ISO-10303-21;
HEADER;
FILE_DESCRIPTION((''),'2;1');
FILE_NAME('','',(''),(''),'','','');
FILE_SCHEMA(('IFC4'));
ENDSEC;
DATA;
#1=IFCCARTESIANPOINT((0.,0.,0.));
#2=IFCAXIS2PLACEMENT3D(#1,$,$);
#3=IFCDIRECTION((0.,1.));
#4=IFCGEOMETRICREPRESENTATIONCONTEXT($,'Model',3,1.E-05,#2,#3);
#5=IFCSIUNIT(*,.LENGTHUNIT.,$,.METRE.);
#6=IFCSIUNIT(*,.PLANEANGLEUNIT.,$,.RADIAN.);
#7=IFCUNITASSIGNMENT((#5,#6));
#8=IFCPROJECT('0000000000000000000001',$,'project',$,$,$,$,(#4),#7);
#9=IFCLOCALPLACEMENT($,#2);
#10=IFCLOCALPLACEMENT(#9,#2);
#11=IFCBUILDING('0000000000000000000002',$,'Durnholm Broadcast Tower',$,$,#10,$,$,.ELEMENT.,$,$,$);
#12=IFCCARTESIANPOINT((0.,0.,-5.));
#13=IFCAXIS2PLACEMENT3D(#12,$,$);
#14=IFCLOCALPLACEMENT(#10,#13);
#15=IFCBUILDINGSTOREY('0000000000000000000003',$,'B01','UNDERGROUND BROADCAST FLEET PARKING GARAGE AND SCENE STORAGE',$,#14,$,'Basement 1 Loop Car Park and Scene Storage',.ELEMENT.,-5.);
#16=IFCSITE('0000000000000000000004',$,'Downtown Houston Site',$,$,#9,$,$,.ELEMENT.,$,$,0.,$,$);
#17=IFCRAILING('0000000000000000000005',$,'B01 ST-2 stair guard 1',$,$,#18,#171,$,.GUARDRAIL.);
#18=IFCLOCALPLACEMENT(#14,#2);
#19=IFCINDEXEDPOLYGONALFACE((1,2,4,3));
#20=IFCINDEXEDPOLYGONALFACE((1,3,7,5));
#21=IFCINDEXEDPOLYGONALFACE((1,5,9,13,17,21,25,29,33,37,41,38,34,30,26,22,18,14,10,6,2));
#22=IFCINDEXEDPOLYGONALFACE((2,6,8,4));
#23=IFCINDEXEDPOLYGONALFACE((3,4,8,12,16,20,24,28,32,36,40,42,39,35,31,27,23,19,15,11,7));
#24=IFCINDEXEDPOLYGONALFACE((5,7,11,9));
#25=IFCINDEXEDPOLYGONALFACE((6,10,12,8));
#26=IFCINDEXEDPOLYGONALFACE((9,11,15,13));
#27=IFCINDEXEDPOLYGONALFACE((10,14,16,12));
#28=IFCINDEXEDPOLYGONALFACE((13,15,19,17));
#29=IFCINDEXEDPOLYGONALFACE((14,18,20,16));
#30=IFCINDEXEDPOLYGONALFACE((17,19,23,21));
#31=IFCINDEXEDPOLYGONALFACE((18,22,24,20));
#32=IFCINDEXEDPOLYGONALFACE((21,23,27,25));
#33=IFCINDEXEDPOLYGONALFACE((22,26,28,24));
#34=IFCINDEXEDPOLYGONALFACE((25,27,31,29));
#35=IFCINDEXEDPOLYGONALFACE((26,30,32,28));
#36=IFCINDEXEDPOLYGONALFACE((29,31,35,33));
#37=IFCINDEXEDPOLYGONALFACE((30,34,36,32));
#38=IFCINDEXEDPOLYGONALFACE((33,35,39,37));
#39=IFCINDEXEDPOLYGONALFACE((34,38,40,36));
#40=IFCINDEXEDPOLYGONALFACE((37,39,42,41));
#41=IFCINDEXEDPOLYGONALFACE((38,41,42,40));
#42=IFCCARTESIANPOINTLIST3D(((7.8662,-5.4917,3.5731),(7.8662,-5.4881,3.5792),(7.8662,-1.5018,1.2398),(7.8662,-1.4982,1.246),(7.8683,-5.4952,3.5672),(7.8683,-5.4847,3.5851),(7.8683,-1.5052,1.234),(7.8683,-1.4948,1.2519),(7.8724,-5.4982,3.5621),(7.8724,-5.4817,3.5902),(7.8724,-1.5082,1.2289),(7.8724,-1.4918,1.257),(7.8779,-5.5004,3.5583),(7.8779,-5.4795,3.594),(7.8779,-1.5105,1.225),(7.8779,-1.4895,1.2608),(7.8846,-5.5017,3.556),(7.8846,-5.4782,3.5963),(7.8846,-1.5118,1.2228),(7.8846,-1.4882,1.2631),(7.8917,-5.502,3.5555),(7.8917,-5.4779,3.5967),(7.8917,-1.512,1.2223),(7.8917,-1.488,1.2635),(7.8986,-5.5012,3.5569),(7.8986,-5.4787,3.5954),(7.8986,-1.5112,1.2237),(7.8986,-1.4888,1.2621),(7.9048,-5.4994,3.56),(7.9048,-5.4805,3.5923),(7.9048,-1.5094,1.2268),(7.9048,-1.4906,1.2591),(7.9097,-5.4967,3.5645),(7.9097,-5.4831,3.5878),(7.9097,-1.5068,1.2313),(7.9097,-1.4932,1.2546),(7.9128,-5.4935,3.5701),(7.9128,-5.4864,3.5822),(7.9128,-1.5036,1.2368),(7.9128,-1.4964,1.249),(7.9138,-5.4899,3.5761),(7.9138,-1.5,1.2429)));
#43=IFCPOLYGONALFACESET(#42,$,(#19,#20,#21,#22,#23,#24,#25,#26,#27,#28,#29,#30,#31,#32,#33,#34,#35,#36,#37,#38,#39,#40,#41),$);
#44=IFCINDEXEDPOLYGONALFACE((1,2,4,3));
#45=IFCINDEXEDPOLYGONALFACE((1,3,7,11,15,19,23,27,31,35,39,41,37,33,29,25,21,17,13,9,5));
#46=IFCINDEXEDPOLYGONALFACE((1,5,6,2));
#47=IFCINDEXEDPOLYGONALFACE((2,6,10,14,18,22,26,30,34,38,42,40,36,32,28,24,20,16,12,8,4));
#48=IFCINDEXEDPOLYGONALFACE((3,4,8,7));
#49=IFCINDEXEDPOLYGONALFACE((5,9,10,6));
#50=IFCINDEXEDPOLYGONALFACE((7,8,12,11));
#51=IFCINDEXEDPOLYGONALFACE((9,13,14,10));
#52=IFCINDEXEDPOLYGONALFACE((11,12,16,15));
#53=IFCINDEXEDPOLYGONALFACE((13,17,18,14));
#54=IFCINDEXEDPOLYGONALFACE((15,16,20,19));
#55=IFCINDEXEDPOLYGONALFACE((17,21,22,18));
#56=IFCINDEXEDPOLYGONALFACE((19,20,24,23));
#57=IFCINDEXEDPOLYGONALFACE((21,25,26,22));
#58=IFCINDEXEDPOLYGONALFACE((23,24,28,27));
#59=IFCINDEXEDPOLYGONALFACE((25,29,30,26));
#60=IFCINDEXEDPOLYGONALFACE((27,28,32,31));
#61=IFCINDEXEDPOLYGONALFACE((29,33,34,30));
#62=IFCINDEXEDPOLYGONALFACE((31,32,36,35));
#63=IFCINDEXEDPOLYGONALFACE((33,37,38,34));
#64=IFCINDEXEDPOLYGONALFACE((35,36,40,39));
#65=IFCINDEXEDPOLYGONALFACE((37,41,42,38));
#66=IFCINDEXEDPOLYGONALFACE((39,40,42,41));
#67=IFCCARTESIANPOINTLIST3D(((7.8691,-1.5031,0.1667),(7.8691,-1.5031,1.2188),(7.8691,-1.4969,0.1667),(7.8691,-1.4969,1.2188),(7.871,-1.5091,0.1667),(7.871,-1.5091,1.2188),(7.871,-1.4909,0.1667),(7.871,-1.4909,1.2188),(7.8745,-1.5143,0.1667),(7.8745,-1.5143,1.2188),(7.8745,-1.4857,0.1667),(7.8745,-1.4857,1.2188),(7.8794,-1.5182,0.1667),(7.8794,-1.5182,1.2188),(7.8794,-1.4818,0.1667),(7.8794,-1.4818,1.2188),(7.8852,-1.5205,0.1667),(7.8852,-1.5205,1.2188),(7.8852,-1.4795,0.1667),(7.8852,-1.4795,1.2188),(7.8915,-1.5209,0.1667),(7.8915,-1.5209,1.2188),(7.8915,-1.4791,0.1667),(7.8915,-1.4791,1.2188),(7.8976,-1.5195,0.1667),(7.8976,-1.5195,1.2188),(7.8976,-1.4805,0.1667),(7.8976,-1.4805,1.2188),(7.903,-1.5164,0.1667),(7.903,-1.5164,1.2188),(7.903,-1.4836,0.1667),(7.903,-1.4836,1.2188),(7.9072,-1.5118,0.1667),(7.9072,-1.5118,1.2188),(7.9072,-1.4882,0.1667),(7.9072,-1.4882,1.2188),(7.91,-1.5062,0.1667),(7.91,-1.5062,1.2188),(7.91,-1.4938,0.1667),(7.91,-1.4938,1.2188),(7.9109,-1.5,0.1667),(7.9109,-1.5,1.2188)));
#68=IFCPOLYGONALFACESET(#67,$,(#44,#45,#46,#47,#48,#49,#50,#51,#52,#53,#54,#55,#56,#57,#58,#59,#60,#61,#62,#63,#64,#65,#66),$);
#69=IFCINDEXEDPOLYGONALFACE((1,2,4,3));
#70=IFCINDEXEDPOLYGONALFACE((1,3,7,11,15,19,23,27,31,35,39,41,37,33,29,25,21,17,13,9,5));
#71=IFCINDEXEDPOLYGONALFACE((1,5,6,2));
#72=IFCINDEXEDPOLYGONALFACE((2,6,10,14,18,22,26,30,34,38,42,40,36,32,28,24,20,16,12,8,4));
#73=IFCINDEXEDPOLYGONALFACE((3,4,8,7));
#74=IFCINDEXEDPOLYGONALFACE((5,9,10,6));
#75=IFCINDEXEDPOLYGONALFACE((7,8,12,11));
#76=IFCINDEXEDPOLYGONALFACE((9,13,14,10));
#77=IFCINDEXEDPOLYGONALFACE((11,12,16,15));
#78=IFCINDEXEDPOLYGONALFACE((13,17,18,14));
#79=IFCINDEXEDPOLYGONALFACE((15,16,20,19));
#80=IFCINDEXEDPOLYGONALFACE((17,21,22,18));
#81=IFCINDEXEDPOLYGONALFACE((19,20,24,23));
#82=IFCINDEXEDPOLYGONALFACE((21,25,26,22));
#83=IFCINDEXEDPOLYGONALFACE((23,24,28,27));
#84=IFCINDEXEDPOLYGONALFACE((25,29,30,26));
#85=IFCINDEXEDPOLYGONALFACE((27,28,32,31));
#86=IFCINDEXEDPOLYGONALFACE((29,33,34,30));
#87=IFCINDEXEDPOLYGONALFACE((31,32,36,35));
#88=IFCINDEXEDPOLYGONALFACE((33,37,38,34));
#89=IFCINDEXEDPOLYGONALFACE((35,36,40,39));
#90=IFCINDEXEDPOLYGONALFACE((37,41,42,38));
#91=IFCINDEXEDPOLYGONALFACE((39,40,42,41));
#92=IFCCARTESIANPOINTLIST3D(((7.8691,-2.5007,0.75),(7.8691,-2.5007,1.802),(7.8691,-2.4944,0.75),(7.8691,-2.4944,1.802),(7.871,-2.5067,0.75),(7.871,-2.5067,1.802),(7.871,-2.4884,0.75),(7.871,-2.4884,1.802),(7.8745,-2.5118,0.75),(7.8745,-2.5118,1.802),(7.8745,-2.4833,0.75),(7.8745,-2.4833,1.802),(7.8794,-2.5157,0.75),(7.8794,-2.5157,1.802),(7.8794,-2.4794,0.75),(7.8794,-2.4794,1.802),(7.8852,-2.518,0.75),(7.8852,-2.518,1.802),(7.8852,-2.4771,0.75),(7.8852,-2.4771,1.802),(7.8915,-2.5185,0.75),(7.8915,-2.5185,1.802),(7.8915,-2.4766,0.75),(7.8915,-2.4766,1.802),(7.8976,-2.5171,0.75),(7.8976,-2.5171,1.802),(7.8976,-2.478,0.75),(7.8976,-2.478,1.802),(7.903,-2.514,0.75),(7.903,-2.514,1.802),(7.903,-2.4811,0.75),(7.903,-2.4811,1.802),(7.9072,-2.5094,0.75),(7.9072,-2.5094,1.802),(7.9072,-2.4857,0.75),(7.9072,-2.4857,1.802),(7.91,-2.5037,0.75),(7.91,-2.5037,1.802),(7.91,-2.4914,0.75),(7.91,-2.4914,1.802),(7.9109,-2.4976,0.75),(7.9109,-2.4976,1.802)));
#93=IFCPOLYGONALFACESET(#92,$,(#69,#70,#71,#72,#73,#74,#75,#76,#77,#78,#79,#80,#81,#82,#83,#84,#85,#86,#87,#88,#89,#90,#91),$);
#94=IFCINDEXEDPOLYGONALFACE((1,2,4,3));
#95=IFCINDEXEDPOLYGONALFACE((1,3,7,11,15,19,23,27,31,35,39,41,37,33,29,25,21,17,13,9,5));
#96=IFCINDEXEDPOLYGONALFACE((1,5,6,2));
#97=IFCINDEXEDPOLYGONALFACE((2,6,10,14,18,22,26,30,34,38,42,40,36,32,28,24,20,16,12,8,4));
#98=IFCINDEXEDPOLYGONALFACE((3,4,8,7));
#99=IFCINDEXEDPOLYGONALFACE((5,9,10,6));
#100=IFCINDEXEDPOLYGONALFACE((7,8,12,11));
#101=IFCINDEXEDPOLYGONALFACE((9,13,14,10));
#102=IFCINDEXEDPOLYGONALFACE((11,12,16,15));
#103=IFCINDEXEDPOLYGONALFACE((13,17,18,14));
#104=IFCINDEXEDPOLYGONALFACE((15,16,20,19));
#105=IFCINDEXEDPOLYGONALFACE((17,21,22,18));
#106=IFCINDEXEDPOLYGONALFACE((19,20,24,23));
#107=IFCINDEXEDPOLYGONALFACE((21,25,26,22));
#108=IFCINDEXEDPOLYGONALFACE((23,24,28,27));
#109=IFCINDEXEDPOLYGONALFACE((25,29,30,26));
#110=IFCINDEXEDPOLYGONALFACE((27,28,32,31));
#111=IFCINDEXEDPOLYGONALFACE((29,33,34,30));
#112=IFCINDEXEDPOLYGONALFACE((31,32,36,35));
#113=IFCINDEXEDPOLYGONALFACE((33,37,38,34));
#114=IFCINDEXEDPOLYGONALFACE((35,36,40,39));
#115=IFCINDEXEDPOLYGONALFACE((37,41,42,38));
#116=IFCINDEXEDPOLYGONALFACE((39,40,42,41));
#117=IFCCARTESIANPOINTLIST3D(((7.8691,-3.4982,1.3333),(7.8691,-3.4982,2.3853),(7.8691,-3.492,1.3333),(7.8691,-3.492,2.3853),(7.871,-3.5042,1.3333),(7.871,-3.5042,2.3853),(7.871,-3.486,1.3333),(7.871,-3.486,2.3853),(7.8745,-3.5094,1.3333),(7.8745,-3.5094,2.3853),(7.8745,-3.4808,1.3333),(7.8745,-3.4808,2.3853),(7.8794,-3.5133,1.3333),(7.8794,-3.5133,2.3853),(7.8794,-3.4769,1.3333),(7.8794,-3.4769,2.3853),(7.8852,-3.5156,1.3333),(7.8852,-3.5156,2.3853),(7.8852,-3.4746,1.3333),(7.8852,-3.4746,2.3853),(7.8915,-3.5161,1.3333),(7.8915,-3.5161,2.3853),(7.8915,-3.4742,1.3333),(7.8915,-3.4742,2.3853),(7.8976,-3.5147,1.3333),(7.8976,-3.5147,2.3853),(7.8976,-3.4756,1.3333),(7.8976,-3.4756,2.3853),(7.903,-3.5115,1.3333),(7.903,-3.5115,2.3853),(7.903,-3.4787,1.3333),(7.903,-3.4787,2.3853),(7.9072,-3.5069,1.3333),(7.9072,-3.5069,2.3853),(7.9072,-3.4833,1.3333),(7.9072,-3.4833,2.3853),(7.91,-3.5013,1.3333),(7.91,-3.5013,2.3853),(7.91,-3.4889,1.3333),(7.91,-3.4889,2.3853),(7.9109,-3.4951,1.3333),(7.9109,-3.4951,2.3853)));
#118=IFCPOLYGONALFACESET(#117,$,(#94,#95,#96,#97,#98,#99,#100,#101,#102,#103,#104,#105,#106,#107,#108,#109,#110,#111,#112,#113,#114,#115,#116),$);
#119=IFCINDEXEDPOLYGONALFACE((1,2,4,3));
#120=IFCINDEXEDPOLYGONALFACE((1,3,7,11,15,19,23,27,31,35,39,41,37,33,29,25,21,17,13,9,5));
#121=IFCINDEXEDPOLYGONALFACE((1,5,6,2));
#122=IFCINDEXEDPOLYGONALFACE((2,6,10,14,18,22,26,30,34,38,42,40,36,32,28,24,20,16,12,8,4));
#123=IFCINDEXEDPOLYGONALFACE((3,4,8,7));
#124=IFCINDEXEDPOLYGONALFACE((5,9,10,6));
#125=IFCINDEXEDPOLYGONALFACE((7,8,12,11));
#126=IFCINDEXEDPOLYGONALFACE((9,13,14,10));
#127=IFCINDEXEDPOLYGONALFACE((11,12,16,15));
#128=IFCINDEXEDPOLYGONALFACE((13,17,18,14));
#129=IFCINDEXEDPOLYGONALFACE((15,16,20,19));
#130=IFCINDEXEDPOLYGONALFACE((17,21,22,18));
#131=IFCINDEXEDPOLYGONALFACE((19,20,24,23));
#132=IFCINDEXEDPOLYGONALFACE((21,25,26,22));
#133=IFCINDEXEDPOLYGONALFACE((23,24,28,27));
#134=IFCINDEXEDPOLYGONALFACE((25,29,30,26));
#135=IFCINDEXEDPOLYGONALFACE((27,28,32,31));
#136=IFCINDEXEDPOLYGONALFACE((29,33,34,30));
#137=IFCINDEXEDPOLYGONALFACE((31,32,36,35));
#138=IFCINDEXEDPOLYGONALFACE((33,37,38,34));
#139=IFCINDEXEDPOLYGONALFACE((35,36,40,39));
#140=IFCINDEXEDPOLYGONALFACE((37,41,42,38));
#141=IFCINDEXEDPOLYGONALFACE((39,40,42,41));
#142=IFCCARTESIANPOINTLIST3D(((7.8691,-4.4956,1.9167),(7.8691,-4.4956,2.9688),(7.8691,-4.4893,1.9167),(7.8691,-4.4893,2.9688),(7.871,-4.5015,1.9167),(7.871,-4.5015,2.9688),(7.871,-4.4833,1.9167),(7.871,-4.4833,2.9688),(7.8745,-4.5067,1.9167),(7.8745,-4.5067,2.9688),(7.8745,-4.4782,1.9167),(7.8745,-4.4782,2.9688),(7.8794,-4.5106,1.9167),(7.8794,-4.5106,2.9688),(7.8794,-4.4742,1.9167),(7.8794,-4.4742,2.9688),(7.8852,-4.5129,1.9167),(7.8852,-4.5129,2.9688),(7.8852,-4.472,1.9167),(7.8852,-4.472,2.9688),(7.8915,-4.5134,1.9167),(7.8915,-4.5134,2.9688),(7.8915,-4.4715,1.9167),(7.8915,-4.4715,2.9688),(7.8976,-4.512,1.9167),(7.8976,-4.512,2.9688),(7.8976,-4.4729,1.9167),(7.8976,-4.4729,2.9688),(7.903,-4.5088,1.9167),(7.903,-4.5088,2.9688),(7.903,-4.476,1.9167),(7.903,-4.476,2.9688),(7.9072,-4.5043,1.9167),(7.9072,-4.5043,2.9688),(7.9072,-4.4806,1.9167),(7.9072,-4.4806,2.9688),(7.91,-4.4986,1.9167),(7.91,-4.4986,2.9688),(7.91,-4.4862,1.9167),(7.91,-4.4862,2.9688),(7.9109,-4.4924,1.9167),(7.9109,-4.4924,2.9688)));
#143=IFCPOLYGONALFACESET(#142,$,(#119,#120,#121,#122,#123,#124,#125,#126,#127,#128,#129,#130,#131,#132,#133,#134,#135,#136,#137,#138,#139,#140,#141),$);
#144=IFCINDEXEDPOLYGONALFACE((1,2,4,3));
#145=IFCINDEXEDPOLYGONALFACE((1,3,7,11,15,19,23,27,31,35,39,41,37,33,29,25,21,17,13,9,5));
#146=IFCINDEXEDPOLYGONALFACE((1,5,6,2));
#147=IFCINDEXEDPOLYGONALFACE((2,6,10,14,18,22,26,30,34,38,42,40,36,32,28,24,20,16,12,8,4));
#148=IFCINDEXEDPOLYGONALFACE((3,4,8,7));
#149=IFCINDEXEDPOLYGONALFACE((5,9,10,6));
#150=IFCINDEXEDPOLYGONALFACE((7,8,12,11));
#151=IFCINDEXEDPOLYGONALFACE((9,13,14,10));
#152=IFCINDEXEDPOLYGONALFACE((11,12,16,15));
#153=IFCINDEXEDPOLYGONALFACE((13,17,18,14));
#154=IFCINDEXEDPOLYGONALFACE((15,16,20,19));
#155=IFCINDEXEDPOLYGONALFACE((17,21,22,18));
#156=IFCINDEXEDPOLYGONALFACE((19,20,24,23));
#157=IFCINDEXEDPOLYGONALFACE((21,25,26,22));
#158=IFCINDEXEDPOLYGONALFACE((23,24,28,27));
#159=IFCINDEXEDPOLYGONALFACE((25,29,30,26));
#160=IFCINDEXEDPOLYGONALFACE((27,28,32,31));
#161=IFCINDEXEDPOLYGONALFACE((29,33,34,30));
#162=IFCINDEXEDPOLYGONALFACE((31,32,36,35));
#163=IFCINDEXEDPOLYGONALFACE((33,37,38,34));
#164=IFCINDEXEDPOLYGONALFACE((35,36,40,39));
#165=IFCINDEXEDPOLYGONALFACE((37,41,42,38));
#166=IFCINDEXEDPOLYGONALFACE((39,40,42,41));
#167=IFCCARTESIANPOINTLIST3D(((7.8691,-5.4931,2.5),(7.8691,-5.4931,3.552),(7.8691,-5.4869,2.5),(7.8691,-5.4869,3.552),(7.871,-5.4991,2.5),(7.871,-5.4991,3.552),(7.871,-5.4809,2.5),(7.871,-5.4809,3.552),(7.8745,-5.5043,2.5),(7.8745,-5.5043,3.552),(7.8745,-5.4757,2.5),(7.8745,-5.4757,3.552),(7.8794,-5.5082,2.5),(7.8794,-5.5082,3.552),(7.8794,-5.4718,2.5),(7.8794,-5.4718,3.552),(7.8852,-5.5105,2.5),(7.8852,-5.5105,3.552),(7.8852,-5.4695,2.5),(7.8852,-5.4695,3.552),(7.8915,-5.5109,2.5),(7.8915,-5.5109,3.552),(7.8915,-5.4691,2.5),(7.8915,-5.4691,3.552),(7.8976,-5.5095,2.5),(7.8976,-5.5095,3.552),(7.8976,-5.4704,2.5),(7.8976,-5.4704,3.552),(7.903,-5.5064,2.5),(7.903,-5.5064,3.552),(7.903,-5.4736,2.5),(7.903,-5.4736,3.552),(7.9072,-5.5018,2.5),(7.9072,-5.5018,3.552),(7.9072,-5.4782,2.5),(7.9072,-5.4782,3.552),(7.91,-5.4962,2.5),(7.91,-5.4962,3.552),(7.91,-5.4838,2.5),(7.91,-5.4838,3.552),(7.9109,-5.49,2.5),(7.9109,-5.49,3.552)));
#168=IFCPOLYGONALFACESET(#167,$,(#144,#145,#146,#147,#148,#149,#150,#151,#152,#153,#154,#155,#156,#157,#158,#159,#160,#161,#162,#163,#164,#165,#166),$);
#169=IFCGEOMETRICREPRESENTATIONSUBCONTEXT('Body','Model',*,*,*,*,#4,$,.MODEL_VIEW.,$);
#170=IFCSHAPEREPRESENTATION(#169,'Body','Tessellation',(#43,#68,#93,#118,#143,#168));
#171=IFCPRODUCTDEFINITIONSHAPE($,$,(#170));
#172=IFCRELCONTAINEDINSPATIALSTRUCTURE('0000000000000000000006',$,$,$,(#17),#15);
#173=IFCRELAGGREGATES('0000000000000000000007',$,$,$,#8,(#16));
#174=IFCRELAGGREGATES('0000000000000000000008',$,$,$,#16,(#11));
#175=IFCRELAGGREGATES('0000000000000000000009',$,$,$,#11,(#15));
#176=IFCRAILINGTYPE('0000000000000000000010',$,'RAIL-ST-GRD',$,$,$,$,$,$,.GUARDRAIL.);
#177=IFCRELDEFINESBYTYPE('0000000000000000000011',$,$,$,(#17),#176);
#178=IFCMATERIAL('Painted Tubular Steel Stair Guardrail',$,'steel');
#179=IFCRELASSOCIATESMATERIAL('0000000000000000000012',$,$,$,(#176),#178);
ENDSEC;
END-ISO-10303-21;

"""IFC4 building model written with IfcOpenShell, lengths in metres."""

from ifc_helpers import new_model, si_unit, direction, frame, origin, origin_2d, place, context, subcontext, project, spatial, circle, extrude, material, type_object, element, save


model = new_model("IFC4")

# Units and contexts
model_context = context("Model", 3, precision=1e-05, world=origin(), true_north=direction((0.0, 1.0)))
body_context = subcontext(model_context, "Body", "Model", "MODEL_VIEW")
ifc_project = project(units=[si_unit("LENGTHUNIT", "METRE"), si_unit("PLANEANGLEUNIT", "RADIAN")], contexts=[model_context])

# Site, building, storey
site_placement = place(None, origin())
site = spatial("IfcSite", under=ifc_project, at=site_placement, Name="Downtown Houston Site", CompositionType="ELEMENT", RefElevation=0.0)
building_placement = place(site_placement, origin())
building = spatial("IfcBuilding", under=site, at=building_placement, Name="Durnholm Broadcast Tower", CompositionType="ELEMENT")
storey_placement = place(building_placement, frame((0.0, 0.0, -5.0)))
storey = spatial("IfcBuildingStorey", under=building, at=storey_placement, Name="B01", Description="UNDERGROUND BROADCAST FLEET PARKING GARAGE AND SCENE STORAGE", LongName="Basement 1 Loop Car Park and Scene Storage", CompositionType="ELEMENT", Elevation=-5.0)

# Railing
ifc_material_1 = material(Name="Painted Tubular Steel Stair Guardrail", Category="steel")
railing_type_1 = type_object("IfcRailingType", Name="RAIL-ST-GRD", PredefinedType="GUARDRAIL", material=ifc_material_1)
railing_1_placement = place(storey_placement, frame((7.8899, -1.5, 0.1667)))
element("IfcRailing", 1, at=railing_1_placement, inside=storey, type_object=railing_type_1, Name="B01 ST-2 stair guard 1", PredefinedType="GUARDRAIL", context=body_context, shape_type="SweptSolid", body=[
    extrude(circle(Radius=0.0239, at=origin_2d()), frame((0.0, 0.0, 1.0762), z_axis=(0.0, -0.863236, 0.5048), x_axis=(1.0, 0.0, 0.0)), (0.0, 0.0, 1.0), 4.6221),
    extrude(circle(Radius=0.021, at=origin_2d()), origin(), (0.0, 0.0, 1.0), 1.052),
    extrude(circle(Radius=0.021, at=origin_2d()), frame((0.0, -0.9976, 0.5833)), (0.0, 0.0, 1.0), 1.052),
    extrude(circle(Radius=0.021, at=origin_2d()), frame((0.0, -1.9951, 1.1665)), (0.0, 0.0, 1.0), 1.052),
    extrude(circle(Radius=0.021, at=origin_2d()), frame((0.0, -2.9924, 1.75)), (0.0, 0.0, 1.0), 1.052),
    extrude(circle(Radius=0.021, at=origin_2d()), frame((0.0, -3.99, 2.3333)), (0.0, 0.0, 1.0), 1.052),
])

save(model, "model.ifc")
